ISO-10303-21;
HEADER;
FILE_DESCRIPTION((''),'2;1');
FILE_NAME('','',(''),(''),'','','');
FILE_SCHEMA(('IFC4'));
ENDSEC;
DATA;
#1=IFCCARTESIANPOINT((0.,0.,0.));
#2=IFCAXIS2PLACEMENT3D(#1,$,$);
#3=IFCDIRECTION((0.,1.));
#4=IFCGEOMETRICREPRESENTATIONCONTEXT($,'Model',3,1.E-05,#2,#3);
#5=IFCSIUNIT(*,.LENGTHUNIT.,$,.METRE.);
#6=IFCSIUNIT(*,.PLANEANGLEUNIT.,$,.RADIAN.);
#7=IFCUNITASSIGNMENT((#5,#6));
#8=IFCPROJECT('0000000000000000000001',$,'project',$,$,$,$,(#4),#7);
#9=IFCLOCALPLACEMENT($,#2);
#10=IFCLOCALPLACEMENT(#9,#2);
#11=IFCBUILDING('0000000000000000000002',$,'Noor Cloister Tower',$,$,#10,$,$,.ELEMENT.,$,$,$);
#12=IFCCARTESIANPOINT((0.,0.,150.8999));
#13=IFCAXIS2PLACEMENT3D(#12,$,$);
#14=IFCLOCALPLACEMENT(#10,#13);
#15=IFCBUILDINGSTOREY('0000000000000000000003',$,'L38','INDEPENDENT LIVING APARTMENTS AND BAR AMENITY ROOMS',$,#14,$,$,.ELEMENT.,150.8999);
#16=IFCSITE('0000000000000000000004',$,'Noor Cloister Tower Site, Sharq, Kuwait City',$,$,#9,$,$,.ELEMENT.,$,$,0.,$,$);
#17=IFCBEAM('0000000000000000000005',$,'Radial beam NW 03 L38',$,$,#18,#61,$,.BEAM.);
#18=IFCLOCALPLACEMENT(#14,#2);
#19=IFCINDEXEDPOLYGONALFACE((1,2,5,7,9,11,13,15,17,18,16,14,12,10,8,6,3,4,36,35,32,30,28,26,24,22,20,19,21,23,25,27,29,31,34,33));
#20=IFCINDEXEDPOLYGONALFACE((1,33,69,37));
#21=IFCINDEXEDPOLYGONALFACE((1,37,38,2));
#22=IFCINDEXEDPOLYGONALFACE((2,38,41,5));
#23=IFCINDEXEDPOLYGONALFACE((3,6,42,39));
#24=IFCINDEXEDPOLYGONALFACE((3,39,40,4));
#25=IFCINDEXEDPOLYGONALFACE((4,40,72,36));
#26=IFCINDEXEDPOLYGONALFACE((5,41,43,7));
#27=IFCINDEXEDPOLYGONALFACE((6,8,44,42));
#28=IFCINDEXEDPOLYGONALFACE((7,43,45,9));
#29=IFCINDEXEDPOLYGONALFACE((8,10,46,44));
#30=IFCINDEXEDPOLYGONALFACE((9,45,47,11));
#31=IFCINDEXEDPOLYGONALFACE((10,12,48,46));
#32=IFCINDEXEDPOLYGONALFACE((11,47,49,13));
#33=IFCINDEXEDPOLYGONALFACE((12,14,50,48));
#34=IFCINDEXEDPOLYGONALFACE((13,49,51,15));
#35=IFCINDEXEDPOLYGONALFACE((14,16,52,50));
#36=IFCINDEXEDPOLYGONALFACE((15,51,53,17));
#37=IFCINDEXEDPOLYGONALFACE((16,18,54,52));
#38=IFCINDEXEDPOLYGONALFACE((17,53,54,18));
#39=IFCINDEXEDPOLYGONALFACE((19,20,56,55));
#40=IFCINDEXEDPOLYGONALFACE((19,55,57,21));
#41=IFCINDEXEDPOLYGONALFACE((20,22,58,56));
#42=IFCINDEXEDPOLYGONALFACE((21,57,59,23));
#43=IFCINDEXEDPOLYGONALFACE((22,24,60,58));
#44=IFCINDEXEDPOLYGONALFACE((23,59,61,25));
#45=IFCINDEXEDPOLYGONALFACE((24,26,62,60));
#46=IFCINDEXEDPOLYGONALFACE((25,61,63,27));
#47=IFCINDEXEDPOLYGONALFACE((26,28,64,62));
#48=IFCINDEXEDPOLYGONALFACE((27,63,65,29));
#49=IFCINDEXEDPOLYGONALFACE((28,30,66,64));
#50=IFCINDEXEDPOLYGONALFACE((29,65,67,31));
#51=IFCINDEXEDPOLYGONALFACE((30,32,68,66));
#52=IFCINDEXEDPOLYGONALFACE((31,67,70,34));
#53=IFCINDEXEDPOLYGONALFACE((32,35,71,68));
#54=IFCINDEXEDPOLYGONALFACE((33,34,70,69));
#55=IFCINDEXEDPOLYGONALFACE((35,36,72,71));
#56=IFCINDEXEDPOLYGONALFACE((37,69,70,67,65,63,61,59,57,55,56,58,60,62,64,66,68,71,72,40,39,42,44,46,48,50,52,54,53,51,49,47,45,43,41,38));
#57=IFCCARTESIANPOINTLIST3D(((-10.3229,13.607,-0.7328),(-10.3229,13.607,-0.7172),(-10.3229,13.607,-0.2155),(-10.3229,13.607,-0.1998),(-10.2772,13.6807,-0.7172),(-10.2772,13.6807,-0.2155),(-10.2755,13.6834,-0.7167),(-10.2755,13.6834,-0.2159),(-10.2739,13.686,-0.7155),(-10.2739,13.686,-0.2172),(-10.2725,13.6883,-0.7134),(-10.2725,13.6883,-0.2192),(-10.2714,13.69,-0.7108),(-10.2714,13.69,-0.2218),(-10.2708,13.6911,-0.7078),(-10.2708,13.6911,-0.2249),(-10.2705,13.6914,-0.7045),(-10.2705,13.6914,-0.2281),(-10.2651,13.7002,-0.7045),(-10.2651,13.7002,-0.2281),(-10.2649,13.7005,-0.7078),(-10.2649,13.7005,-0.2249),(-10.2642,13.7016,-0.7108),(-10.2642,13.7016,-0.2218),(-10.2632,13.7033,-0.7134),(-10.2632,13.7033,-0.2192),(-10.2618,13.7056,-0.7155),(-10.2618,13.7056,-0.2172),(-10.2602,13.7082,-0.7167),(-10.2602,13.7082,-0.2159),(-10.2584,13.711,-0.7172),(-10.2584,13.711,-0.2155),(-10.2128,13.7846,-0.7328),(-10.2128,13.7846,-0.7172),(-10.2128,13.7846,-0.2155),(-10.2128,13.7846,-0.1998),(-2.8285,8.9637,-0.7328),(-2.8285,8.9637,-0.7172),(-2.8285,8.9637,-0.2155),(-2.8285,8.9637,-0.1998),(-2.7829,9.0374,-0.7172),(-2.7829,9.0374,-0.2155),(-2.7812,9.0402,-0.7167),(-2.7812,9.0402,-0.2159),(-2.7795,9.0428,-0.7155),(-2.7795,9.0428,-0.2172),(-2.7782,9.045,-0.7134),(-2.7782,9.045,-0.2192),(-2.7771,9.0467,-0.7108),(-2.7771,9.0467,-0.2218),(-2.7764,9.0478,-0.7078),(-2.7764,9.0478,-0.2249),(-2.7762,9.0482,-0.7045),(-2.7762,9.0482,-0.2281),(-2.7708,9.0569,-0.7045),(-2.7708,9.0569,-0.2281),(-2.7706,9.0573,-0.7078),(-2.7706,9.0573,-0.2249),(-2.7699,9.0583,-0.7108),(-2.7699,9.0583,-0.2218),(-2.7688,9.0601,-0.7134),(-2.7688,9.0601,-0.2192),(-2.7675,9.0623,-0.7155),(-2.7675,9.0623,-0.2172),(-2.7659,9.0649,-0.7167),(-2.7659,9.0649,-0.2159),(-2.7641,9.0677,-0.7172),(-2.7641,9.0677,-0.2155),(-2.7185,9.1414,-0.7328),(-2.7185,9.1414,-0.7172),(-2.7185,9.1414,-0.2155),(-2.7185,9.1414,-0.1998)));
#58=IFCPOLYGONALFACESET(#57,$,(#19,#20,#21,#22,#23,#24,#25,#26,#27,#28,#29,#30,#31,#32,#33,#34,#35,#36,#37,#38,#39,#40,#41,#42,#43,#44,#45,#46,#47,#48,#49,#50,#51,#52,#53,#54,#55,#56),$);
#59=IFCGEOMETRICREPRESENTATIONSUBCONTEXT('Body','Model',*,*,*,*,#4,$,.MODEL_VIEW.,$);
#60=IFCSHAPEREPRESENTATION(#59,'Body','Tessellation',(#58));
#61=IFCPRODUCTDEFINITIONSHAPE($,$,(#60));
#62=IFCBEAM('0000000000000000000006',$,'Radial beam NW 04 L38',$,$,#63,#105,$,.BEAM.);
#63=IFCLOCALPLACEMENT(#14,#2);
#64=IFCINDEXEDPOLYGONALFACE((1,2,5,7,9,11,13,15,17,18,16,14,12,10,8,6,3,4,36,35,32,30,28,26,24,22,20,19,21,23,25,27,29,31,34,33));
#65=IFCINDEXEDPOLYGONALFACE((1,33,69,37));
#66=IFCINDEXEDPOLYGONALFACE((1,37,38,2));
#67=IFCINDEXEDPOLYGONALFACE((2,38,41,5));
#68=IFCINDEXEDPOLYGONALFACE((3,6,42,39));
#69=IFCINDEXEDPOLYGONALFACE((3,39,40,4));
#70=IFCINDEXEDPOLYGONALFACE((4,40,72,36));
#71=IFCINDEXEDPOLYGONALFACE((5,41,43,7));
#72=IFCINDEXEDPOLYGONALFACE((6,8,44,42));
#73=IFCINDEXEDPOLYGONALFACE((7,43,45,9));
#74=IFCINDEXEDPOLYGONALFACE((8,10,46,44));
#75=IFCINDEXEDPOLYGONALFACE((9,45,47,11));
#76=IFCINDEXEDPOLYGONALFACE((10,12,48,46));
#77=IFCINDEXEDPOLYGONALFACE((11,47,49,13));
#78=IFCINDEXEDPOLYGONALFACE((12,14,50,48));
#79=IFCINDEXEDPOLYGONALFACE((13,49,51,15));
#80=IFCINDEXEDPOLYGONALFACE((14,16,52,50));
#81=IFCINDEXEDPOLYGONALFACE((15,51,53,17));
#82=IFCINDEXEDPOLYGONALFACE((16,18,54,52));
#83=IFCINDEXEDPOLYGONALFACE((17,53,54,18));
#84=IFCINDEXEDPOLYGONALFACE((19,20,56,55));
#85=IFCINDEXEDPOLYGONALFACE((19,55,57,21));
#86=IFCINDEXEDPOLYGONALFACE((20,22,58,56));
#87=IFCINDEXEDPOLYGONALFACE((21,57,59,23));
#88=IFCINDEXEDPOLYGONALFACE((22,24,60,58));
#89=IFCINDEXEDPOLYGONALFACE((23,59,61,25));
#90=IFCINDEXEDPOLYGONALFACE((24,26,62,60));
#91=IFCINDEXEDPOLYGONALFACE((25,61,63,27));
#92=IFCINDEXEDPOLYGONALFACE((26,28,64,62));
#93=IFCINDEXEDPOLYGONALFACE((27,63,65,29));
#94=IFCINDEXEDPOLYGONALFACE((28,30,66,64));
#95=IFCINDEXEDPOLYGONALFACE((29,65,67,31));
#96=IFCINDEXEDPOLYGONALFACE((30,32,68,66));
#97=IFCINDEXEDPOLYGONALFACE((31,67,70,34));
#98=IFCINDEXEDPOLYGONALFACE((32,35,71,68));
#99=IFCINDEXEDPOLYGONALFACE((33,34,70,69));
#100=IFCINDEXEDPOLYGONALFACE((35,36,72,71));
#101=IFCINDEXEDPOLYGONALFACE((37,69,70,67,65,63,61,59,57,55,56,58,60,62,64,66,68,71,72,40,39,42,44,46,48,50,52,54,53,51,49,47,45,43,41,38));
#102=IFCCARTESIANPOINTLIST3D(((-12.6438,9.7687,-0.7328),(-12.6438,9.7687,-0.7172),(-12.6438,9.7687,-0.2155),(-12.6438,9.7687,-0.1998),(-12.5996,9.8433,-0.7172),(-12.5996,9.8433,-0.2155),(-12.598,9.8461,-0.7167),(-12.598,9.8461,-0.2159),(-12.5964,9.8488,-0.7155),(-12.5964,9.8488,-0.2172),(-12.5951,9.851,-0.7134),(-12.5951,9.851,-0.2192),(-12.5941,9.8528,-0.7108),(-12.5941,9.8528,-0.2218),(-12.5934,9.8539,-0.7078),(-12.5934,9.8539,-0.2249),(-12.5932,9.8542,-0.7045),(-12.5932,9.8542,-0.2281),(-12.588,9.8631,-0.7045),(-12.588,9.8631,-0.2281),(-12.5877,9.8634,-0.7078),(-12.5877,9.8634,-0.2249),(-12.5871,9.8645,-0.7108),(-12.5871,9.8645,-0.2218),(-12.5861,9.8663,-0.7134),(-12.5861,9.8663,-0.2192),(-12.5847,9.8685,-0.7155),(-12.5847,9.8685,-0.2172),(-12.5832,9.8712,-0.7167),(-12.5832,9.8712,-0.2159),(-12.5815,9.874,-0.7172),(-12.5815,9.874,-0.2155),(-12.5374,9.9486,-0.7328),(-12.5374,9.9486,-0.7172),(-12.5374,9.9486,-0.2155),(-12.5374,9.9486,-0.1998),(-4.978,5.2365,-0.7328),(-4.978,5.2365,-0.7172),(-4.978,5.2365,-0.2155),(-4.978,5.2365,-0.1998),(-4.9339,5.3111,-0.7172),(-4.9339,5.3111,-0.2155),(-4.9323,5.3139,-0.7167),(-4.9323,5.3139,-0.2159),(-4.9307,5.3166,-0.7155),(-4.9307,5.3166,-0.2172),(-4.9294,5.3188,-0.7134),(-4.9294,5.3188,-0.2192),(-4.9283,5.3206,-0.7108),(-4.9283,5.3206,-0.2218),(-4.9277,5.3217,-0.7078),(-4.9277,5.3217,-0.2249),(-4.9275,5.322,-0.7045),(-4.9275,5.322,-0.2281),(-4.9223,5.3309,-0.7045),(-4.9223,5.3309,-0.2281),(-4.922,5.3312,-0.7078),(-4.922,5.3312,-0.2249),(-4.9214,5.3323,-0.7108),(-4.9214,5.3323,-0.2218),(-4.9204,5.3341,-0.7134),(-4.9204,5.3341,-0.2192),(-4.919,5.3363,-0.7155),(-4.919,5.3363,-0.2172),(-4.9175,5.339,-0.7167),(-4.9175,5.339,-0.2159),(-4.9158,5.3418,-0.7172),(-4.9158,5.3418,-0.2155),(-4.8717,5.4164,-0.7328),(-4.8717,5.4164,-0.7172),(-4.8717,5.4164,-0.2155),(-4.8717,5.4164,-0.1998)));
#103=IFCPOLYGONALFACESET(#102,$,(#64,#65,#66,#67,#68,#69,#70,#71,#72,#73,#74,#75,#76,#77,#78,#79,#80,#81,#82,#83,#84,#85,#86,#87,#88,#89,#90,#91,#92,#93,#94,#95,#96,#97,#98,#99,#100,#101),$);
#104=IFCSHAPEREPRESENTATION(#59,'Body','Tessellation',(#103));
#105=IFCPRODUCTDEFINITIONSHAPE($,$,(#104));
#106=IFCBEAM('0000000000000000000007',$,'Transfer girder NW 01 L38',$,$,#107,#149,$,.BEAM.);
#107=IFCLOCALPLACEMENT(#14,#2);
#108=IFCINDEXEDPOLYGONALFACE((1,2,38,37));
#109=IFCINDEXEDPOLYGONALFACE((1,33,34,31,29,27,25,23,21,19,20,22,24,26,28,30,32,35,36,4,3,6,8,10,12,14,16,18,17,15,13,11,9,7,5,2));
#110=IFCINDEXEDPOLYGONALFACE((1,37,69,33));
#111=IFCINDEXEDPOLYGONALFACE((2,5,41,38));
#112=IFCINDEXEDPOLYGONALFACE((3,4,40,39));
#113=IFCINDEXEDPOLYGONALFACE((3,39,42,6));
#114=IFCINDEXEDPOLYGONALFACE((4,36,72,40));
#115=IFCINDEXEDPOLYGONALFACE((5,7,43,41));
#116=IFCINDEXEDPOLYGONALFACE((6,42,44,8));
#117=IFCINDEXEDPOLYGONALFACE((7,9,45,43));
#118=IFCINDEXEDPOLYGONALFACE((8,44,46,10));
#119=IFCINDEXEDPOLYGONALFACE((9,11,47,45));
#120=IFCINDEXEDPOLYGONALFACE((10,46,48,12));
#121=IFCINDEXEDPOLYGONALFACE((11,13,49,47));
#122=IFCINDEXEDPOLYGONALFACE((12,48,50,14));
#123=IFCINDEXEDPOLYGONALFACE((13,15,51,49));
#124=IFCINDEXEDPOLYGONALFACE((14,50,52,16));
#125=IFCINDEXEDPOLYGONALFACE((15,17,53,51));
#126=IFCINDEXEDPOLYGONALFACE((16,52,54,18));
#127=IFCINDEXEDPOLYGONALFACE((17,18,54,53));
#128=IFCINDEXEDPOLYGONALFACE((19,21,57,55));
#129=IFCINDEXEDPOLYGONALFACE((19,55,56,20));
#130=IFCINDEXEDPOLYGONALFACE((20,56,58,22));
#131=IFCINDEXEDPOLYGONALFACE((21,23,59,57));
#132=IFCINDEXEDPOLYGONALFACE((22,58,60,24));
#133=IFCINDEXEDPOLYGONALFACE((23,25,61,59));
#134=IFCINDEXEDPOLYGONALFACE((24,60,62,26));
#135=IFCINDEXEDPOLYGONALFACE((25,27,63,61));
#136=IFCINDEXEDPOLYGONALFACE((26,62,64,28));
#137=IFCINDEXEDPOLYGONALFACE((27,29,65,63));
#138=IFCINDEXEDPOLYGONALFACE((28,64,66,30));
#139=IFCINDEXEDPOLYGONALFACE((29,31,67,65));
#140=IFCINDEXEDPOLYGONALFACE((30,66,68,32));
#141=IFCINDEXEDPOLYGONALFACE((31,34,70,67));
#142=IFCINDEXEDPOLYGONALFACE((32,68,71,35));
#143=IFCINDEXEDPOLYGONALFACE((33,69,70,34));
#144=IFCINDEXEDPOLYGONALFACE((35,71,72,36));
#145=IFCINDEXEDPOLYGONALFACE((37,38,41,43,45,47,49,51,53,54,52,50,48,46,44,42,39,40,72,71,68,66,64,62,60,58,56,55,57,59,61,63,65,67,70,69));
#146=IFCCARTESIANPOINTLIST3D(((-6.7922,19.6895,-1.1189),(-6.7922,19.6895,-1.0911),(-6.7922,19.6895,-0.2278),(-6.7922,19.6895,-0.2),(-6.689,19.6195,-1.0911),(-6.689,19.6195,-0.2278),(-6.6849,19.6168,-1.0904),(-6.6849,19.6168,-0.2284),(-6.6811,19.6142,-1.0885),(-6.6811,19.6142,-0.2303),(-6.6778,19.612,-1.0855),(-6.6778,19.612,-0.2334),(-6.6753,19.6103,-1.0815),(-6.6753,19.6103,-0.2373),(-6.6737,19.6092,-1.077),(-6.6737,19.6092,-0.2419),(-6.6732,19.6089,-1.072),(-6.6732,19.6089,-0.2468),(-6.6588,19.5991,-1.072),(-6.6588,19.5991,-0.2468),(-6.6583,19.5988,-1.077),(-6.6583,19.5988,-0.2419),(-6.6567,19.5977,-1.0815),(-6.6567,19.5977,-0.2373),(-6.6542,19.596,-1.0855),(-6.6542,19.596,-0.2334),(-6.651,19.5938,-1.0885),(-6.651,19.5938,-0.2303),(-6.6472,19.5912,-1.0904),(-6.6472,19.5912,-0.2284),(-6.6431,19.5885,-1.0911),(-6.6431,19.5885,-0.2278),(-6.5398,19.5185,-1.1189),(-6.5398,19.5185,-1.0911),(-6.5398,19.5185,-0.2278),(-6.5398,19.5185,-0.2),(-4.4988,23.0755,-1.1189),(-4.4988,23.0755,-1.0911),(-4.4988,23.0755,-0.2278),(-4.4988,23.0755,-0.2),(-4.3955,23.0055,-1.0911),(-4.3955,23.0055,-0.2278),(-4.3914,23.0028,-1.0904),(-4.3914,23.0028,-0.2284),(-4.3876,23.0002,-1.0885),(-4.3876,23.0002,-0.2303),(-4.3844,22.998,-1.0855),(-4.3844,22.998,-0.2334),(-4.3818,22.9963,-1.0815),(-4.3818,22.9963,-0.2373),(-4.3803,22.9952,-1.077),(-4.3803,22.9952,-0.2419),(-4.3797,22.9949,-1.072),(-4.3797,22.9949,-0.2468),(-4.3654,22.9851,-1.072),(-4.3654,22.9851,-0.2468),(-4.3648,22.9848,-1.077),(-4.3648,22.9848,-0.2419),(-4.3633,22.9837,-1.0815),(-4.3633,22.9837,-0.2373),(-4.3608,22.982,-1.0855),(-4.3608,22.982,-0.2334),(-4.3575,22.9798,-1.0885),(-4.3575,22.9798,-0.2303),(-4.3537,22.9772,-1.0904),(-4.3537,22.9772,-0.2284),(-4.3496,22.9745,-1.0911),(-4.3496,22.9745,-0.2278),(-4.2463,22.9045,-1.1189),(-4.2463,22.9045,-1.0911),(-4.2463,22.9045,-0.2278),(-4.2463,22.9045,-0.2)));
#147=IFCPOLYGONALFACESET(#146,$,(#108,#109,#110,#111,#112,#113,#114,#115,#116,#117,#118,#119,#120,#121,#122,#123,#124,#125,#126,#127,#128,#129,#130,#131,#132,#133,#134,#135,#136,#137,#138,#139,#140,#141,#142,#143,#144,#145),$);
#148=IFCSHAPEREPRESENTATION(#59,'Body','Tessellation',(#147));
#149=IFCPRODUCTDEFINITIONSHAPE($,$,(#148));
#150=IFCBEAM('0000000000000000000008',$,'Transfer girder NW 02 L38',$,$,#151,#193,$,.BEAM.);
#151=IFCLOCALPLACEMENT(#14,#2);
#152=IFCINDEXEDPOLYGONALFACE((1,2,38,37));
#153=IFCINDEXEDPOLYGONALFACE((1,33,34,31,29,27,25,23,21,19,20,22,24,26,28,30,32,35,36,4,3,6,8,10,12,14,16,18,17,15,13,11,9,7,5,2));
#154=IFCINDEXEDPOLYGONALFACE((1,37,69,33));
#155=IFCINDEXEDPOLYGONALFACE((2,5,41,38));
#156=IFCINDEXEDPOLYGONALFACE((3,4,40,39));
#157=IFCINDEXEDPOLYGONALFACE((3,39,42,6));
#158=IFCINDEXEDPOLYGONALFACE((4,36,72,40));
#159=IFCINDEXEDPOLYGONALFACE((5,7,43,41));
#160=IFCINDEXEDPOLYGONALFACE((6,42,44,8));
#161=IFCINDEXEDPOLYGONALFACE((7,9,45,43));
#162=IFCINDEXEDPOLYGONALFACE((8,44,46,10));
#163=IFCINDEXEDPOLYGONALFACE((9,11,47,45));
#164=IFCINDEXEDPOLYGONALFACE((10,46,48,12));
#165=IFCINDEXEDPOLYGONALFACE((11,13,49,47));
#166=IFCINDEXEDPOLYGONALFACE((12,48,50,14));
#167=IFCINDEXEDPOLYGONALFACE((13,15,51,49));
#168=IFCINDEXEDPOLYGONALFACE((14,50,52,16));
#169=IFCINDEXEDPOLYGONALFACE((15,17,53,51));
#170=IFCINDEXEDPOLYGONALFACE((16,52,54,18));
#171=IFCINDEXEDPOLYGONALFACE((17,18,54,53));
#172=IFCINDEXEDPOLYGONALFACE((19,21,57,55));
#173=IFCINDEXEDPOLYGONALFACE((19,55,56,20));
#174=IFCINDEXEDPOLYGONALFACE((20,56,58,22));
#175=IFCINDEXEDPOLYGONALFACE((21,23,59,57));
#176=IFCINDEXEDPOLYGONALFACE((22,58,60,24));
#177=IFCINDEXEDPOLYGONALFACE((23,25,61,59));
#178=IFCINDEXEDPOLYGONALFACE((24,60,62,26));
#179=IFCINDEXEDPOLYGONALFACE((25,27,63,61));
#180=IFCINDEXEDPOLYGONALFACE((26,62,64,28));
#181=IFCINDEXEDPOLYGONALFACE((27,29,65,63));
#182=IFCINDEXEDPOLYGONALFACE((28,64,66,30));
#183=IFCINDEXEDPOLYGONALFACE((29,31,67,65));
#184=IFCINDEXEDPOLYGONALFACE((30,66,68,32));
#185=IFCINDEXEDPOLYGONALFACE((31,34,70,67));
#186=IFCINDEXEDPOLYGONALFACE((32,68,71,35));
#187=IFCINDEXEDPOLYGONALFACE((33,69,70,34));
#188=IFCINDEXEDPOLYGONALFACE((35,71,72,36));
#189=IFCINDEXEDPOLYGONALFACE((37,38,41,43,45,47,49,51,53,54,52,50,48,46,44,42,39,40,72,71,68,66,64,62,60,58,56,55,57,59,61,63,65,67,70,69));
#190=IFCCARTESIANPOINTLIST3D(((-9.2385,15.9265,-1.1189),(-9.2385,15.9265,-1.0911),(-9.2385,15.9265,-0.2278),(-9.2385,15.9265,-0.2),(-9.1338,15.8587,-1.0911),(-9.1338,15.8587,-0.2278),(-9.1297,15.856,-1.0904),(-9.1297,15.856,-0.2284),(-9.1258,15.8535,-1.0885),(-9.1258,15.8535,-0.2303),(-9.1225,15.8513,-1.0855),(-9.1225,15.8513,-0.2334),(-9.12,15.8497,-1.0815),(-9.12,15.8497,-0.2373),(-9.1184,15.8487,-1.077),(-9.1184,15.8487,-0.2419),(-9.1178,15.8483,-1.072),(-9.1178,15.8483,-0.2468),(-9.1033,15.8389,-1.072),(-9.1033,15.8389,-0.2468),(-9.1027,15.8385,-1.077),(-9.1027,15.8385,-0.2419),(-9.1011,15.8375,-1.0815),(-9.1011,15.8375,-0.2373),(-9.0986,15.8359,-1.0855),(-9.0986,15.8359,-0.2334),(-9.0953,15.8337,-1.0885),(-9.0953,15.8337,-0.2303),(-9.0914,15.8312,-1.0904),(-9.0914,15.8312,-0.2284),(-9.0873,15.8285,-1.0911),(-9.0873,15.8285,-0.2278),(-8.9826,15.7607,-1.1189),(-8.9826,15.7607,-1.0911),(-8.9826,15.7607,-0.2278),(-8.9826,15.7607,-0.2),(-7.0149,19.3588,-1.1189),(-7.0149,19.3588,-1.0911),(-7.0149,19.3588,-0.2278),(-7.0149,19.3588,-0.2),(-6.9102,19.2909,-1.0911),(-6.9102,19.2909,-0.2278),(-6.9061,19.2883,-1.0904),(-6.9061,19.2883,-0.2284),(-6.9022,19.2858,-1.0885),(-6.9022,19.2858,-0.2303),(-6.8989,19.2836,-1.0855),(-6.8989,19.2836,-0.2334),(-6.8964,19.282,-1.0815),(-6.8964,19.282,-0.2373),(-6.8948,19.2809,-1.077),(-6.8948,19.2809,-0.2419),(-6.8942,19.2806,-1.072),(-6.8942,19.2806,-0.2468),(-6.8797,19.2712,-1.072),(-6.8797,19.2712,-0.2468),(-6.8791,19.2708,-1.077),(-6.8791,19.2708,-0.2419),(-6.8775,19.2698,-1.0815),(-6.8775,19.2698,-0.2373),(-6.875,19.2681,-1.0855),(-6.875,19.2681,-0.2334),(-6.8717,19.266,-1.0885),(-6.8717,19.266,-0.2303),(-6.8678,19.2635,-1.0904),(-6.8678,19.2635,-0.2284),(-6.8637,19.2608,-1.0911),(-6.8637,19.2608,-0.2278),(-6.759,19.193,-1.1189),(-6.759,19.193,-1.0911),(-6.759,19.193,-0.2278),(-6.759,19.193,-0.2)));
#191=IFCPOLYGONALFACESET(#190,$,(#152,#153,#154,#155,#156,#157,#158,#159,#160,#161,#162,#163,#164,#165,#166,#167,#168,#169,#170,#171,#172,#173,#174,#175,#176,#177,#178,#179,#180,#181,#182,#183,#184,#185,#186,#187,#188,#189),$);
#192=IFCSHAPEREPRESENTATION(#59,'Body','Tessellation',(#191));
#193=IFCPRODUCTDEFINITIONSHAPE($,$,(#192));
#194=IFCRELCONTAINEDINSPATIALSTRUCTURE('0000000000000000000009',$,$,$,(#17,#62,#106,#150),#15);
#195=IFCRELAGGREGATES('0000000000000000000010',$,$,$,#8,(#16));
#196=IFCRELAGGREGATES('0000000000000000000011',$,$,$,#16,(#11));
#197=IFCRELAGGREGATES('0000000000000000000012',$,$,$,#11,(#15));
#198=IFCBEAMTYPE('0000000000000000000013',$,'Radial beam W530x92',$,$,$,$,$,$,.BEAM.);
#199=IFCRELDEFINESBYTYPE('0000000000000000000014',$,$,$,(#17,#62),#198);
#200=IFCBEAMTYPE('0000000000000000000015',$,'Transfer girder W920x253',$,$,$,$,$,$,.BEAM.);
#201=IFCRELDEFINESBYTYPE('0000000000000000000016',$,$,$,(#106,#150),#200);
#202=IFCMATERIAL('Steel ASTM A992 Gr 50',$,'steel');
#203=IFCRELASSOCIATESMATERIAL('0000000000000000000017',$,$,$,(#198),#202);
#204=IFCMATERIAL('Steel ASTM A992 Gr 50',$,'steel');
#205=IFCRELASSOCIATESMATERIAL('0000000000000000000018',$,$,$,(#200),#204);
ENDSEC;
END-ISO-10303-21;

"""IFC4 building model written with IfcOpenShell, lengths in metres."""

from ifc_helpers import new_model, si_unit, direction, frame, origin, origin_2d, place, context, subcontext, project, spatial, i_section, extrude, material, material_profile, profile_set, type_object, element, save


model = new_model("IFC4")

# Units and contexts
model_context = context("Model", 3, precision=1e-05, world=origin(), true_north=direction((0.0, 1.0)))
body_context = subcontext(model_context, "Body", "Model", "MODEL_VIEW")
ifc_project = project(units=[si_unit("LENGTHUNIT", "METRE"), si_unit("PLANEANGLEUNIT", "RADIAN")], contexts=[model_context])

# Site, building, storey
site_placement = place(None, origin())
site = spatial("IfcSite", under=ifc_project, at=site_placement, Name="Noor Cloister Tower Site, Sharq, Kuwait City", CompositionType="ELEMENT", RefElevation=0.0)
building_placement = place(site_placement, origin())
building = spatial("IfcBuilding", under=site, at=building_placement, Name="Noor Cloister Tower", CompositionType="ELEMENT")
storey_placement = place(building_placement, frame((0.0, 0.0, 150.8999)))
storey = spatial("IfcBuildingStorey", under=building, at=storey_placement, Name="L38", Description="INDEPENDENT LIVING APARTMENTS AND BAR AMENITY ROOMS", CompositionType="ELEMENT", Elevation=150.8999)

# Beams
ifc_material_1 = material(Name="Steel ASTM A992 Gr 50", Category="steel")
ifc_material_profile_1 = material_profile(ifc_material_1, i_section(OverallWidth=0.209, OverallDepth=0.533, WebThickness=0.0103, FlangeThickness=0.0156, FilletRadius=0.0127, at=origin_2d()), Name="W530x92")
ifc_profile_set_1 = profile_set([ifc_material_profile_1], Name="Steel ASTM A992 Gr 50")
beam_type_1 = type_object("IfcBeamType", Name="Radial beam W530x92", PredefinedType="BEAM", material=ifc_profile_set_1)
beam_1_placement = place(storey_placement, frame((-10.2678, 13.6958, -0.4663), z_axis=(0.850066, -0.526677, 0.0), x_axis=(0.526677, 0.850066, 0.0)))
element("IfcBeam", 1, at=beam_1_placement, inside=storey, type_object=beam_type_1, Name="Radial beam NW 03 L38", PredefinedType="BEAM", context=body_context, shape_type="SweptSolid", body=[
    extrude(i_section(OverallWidth=0.209, OverallDepth=0.533, WebThickness=0.0103, FlangeThickness=0.0156, FilletRadius=0.0127, at=origin_2d()), origin(), (0.0, 0.0, 1.0), 8.8162),
])
beam_2_placement = place(storey_placement, frame((-12.5906, 9.8586, -0.4663), z_axis=(0.860806, -0.508933, 0.0), x_axis=(0.508933, 0.860806, 0.0)))
element("IfcBeam", 2, at=beam_2_placement, inside=storey, type_object=beam_type_1, Name="Radial beam NW 04 L38", PredefinedType="BEAM", context=body_context, shape_type="SweptSolid", body=[
    extrude(i_section(OverallWidth=0.209, OverallDepth=0.533, WebThickness=0.0103, FlangeThickness=0.0156, FilletRadius=0.0127, at=origin_2d()), origin(), (0.0, 0.0, 1.0), 8.9053),
])
ifc_material_2 = material(Name="Steel ASTM A992 Gr 50", Category="steel")
ifc_material_profile_2 = material_profile(ifc_material_2, i_section(OverallWidth=0.3049, OverallDepth=0.9189, WebThickness=0.0173, FlangeThickness=0.0278, FilletRadius=0.019, at=origin_2d()), Name="W920x253")
ifc_profile_set_2 = profile_set([ifc_material_profile_2], Name="Steel ASTM A992 Gr 50")
beam_type_2 = type_object("IfcBeamType", Name="Transfer girder W920x253", PredefinedType="BEAM", material=ifc_profile_set_2)
for number, where, z_axis, x_axis, name in (
    (3, (-4.3726, 22.99, -0.6594), (-0.560802, -0.82795, 0.0), (0.82795, -0.560802, 0.0), "Transfer girder NW 01 L38"),
    (4, (-6.887, 19.2759, -0.6594), (-0.543714, -0.839271, 0.0), (0.839271, -0.543714, 0.0), "Transfer girder NW 02 L38"),
):
    element("IfcBeam", number, at=place(storey_placement, frame(where, z_axis=z_axis, x_axis=x_axis)), inside=storey, type_object=beam_type_2, Name=name, PredefinedType="BEAM", context=body_context, shape_type="SweptSolid", body=[
        extrude(i_section(OverallWidth=0.3049, OverallDepth=0.9189, WebThickness=0.0173, FlangeThickness=0.0278, FilletRadius=0.019, at=origin_2d()), origin(), (0.0, 0.0, 1.0), 4.0896),
    ])

save(model, "model.ifc")
